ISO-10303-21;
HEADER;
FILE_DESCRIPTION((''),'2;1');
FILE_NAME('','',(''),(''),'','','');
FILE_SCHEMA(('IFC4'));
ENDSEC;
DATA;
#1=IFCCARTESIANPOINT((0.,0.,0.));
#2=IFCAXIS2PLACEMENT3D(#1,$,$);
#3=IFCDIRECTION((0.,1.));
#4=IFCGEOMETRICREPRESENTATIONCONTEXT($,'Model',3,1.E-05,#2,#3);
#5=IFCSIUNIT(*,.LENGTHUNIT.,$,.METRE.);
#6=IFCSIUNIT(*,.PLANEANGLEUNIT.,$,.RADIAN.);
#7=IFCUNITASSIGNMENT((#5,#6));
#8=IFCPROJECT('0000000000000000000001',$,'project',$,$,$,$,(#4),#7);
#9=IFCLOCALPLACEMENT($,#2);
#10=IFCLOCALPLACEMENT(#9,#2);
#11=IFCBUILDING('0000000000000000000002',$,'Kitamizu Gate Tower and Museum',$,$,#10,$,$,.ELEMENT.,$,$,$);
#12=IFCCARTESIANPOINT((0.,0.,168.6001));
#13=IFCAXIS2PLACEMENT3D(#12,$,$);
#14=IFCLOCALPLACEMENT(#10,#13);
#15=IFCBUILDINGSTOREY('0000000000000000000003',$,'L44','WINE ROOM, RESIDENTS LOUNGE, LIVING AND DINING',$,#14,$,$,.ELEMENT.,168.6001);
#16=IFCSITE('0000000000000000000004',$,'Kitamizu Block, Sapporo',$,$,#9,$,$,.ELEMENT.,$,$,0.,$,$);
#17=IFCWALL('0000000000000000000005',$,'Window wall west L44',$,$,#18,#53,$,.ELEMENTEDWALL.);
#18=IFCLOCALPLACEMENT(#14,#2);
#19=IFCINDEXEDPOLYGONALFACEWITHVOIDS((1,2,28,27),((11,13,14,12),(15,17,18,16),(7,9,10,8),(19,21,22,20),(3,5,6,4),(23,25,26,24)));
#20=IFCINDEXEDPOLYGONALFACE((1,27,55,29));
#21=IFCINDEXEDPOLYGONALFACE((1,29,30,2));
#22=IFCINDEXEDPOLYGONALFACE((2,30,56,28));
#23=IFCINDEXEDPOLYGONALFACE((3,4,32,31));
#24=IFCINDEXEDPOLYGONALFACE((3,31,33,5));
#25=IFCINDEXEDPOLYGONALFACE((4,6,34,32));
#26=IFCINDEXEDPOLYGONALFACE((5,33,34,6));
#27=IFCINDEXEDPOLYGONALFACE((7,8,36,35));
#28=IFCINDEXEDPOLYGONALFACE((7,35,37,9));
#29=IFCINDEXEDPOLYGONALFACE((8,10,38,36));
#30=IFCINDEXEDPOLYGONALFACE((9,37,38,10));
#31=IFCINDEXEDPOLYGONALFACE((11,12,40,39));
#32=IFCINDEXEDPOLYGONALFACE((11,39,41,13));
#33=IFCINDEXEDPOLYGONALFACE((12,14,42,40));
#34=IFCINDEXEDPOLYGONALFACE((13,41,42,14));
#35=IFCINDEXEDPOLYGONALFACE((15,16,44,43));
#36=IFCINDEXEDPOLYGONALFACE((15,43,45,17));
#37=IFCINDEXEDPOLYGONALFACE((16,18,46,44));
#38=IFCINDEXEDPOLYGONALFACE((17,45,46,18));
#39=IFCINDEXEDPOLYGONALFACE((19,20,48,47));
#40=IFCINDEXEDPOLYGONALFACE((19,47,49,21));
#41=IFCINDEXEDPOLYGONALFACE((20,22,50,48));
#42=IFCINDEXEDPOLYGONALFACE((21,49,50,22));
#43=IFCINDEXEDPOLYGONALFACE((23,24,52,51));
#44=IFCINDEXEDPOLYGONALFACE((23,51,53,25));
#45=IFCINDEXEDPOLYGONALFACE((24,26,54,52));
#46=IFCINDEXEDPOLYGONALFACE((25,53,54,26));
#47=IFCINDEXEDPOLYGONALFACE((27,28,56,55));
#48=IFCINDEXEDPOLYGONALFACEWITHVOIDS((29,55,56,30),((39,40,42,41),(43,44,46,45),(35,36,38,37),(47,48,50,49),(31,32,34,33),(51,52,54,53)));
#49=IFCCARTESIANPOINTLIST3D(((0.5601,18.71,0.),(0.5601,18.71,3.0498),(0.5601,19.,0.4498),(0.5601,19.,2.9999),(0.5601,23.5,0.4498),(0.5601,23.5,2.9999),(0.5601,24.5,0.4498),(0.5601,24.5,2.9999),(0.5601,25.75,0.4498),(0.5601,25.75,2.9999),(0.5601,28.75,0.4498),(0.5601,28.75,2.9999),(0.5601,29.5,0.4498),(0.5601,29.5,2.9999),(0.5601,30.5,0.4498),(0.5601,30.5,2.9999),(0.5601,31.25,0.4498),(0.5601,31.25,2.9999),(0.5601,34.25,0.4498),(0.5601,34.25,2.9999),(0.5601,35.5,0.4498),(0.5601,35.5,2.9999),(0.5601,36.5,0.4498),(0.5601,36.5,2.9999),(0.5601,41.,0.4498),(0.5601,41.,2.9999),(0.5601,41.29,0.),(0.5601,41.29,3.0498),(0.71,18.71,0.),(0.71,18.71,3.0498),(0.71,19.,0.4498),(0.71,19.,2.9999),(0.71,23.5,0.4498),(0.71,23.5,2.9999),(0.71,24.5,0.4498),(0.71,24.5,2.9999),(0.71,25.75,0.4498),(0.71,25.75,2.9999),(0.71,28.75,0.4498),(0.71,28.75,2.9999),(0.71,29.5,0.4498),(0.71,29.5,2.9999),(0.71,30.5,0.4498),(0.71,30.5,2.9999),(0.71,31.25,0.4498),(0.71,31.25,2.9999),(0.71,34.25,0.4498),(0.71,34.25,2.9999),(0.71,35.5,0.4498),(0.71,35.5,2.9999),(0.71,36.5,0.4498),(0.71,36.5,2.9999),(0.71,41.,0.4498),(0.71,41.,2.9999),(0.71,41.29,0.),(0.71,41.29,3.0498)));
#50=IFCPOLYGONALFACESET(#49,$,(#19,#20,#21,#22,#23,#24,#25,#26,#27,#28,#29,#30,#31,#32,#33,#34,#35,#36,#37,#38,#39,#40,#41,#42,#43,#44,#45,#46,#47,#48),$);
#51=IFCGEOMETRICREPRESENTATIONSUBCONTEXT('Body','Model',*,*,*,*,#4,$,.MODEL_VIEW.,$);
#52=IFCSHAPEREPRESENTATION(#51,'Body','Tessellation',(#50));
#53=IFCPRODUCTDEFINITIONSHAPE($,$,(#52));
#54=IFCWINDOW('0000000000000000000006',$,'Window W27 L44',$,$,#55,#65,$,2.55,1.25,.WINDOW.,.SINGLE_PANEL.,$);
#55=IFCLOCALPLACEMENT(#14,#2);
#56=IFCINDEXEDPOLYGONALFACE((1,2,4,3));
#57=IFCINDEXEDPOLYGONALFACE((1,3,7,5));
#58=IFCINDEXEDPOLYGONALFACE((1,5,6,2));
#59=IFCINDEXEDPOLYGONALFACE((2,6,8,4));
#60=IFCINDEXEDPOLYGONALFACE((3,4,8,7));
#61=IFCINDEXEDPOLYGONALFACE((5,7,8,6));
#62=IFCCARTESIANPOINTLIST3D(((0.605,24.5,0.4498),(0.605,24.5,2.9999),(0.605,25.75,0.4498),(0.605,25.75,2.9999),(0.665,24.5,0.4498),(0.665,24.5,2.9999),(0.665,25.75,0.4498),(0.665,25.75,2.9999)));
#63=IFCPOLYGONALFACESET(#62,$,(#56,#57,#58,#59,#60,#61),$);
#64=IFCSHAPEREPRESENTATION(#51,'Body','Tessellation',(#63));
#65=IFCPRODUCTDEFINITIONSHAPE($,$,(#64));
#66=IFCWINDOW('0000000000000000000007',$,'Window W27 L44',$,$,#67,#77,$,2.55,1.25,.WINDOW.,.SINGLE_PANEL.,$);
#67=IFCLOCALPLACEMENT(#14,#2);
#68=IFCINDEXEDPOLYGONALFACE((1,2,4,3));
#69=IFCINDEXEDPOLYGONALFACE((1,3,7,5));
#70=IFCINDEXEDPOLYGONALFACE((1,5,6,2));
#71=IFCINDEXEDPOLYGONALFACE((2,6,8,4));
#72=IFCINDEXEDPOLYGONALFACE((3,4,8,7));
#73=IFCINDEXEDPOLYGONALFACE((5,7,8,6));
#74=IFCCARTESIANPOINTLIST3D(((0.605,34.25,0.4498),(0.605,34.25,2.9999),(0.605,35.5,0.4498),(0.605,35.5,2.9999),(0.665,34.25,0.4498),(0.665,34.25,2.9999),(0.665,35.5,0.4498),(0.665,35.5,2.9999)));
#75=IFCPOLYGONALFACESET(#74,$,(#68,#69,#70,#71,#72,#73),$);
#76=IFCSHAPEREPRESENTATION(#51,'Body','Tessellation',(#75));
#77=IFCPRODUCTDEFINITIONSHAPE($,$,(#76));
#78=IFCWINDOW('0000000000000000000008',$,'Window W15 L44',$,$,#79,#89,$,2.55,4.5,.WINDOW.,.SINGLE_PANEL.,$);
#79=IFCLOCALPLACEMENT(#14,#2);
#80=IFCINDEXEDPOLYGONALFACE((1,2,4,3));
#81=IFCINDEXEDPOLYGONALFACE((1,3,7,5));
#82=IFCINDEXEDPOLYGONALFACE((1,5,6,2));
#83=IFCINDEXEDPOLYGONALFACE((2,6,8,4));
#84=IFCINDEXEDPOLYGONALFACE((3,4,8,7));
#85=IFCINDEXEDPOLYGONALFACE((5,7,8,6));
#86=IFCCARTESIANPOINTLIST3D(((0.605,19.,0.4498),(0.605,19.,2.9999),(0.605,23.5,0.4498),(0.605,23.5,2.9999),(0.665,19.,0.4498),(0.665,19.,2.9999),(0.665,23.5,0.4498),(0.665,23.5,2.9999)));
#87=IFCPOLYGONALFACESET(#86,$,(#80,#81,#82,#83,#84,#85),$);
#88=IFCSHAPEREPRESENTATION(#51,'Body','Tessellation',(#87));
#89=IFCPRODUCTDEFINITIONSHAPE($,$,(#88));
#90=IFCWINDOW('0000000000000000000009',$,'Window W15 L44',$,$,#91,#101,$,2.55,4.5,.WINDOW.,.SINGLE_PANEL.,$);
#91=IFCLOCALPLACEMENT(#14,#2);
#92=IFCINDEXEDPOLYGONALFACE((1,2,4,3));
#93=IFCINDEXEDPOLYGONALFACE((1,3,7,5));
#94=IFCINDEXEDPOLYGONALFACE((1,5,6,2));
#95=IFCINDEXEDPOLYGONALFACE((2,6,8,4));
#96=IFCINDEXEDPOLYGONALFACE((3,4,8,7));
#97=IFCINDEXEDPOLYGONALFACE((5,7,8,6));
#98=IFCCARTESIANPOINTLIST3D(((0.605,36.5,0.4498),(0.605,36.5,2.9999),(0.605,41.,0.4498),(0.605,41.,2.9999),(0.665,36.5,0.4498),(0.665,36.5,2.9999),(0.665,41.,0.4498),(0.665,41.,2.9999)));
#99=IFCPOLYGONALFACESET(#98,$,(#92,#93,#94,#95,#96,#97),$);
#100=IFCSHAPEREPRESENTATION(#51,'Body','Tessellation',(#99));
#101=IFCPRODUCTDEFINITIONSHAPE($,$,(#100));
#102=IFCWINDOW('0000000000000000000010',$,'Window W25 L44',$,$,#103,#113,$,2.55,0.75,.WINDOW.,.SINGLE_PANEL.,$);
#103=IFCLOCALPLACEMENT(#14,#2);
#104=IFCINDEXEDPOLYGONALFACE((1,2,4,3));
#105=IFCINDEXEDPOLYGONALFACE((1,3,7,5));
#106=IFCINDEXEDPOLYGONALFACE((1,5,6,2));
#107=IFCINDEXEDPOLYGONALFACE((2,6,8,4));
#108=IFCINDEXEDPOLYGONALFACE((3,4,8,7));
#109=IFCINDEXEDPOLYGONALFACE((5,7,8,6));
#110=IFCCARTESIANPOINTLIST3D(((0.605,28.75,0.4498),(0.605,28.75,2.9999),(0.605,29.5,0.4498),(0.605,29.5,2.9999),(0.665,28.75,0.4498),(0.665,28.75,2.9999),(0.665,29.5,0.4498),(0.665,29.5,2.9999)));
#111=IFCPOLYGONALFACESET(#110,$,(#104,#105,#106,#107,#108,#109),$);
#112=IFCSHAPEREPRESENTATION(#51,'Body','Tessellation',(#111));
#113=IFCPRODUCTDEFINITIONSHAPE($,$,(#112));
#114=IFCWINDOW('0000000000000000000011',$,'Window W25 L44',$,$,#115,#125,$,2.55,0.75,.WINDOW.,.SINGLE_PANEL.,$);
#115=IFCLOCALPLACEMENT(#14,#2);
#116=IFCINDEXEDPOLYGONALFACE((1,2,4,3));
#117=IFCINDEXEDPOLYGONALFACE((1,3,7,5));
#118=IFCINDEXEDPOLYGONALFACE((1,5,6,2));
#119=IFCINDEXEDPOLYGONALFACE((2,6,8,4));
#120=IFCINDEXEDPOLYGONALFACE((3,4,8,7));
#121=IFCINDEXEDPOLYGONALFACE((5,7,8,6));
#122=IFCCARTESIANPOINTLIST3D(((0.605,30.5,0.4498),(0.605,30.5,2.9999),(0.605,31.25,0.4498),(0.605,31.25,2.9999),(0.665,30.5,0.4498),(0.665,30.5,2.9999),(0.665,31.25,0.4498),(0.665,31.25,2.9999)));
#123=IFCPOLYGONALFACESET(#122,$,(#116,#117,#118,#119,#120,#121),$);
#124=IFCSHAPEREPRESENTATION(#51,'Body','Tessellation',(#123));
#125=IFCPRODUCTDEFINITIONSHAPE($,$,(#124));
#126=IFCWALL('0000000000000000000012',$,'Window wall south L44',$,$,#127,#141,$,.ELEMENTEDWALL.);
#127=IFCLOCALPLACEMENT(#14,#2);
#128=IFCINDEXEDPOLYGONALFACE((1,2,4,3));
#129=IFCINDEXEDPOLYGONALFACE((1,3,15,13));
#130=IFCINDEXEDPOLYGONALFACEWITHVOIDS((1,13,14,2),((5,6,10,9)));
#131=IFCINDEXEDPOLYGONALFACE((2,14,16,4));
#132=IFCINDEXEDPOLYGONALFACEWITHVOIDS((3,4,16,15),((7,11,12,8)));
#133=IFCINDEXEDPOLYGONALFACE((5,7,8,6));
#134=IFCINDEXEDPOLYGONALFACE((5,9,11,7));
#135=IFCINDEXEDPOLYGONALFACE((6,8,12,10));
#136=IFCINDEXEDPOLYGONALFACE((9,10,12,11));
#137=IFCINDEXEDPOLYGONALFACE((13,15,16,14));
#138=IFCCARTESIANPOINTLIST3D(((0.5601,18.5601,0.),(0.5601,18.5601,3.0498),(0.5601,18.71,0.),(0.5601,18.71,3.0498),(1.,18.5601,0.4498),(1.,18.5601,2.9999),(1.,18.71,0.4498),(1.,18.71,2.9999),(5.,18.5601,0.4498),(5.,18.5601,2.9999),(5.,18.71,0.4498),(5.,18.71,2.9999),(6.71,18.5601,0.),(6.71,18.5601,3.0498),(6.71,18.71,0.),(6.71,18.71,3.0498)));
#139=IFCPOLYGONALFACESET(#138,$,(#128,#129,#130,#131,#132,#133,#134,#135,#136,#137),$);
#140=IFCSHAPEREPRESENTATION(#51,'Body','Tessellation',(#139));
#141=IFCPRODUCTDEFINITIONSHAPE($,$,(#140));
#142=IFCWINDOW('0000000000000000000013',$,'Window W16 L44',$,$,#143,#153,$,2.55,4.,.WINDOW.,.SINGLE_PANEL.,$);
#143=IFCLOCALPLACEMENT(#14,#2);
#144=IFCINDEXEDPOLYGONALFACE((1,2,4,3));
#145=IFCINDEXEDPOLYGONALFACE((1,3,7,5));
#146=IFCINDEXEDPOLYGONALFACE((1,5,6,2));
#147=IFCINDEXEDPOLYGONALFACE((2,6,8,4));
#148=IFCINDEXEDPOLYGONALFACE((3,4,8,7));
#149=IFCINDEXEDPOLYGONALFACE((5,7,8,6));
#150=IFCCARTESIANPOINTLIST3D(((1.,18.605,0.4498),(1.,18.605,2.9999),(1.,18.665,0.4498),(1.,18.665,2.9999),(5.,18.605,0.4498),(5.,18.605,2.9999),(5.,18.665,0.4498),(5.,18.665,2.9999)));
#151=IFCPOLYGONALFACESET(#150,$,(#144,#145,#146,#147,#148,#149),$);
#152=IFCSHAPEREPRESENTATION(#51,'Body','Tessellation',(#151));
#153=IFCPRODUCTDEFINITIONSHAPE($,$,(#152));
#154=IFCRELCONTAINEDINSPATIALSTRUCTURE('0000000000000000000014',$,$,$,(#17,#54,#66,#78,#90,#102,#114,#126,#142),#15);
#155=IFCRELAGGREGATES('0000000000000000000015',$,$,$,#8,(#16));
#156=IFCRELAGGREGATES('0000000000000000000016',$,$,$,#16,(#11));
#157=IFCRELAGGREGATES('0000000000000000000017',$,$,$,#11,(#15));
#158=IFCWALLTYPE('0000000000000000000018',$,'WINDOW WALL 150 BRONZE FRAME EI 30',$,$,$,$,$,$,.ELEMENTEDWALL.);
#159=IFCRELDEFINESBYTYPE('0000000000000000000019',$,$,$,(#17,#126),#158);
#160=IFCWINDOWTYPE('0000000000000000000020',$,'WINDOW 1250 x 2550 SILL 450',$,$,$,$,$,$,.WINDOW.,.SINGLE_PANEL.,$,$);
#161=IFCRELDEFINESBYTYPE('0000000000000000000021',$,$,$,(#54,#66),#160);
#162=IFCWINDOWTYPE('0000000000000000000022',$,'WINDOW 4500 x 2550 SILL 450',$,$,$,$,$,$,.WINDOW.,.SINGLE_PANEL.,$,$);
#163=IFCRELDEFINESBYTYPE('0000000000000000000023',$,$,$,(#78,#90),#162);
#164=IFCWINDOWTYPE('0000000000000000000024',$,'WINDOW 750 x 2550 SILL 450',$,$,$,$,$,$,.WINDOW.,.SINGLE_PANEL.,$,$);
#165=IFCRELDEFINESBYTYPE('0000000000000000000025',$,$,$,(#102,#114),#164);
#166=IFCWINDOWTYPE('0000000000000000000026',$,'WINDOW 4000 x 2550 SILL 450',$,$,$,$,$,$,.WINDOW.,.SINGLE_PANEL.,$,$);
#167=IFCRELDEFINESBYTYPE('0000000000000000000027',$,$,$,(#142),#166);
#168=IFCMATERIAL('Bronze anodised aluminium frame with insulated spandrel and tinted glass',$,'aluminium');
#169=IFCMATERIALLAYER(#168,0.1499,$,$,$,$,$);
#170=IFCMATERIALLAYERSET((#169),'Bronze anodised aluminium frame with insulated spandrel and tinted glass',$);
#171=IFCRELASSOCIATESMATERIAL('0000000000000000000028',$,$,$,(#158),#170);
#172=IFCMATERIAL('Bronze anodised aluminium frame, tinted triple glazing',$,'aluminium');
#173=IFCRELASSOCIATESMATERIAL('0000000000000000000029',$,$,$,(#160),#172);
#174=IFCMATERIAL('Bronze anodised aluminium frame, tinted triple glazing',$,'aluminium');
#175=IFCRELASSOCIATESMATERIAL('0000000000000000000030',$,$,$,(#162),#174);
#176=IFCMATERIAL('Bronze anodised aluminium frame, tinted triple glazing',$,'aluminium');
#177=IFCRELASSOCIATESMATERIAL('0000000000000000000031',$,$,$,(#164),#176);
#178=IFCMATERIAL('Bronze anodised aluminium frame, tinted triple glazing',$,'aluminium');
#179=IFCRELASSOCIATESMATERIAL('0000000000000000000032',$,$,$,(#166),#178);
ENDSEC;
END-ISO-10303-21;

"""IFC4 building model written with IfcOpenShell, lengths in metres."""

from ifc_helpers import new_model, si_unit, direction, frame, frame_2d, origin, place, context, subcontext, project, spatial, rectangle, extrude, material, layer, layer_set, type_object, element, fill, save


model = new_model("IFC4")

# Units and contexts
model_context = context("Model", 3, precision=1e-05, world=origin(), true_north=direction((0.0, 1.0)))
body_context = subcontext(model_context, "Body", "Model", "MODEL_VIEW")
ifc_project = project(units=[si_unit("LENGTHUNIT", "METRE"), si_unit("PLANEANGLEUNIT", "RADIAN")], contexts=[model_context])

# Site, building, storey
site_placement = place(None, origin())
site = spatial("IfcSite", under=ifc_project, at=site_placement, Name="Kitamizu Block, Sapporo", CompositionType="ELEMENT", RefElevation=0.0)
building_placement = place(site_placement, origin())
building = spatial("IfcBuilding", under=site, at=building_placement, Name="Kitamizu Gate Tower and Museum", CompositionType="ELEMENT")
storey_placement = place(building_placement, frame((0.0, 0.0, 168.6001)))
storey = spatial("IfcBuildingStorey", under=building, at=storey_placement, Name="L44", Description="WINE ROOM, RESIDENTS LOUNGE, LIVING AND DINING", CompositionType="ELEMENT", Elevation=168.6001)

# Wall, openings, windows
ifc_material_1 = material(Name="Bronze anodised aluminium frame with insulated spandrel and tinted glass", Category="aluminium")
ifc_layer = layer(ifc_material_1, 0.1499)
ifc_layer_set = layer_set([ifc_layer], Name="Bronze anodised aluminium frame with insulated spandrel and tinted glass")
wall_type = type_object("IfcWallType", Name="WINDOW WALL 150 BRONZE FRAME EI 30", PredefinedType="ELEMENTEDWALL", material=ifc_layer_set)
wall_1_placement = place(storey_placement, frame((0.635, 18.71, 0.0), z_axis=(0.0, 0.0, 1.0), x_axis=(0.0, 1.0, 0.0)))
wall_1 = element("IfcWall", 1, at=wall_1_placement, inside=storey, type_object=wall_type, Name="Window wall west L44", PredefinedType="ELEMENTEDWALL", context=body_context, shape_type="SweptSolid", body=[
    extrude(rectangle(XDim=22.5801, YDim=0.1499, at=frame_2d((11.29, 0.0))), origin(), (0.0, 0.0, 1.0), 3.0498),
])
opening_1_placement = place(wall_1_placement, frame((0.29, 0.0, 0.45)))
opening_1 = element("IfcOpeningElement", 2, at=opening_1_placement, cuts=wall_1, PredefinedType="OPENING", context=body_context, shape_type="SweptSolid", body=[
    extrude(rectangle(XDim=4.5, YDim=2.55, at=frame_2d((2.25, 1.2749))), frame((0.0, 0.085, 0.0), z_axis=(0.0, -1.0, 0.0), x_axis=(1.0, 0.0, 0.0)), (0.0, 0.0, 1.0), 0.1699),
])
opening_2_placement = place(wall_1_placement, frame((5.79, 0.0, 0.45)))
opening_2 = element("IfcOpeningElement", 3, at=opening_2_placement, cuts=wall_1, PredefinedType="OPENING", context=body_context, shape_type="SweptSolid", body=[
    extrude(rectangle(XDim=1.25, YDim=2.55, at=frame_2d((0.625, 1.2749))), frame((0.0, 0.085, 0.0), z_axis=(0.0, -1.0, 0.0), x_axis=(1.0, 0.0, 0.0)), (0.0, 0.0, 1.0), 0.1699),
])
opening_3_placement = place(wall_1_placement, frame((10.04, 0.0, 0.45)))
opening_3 = element("IfcOpeningElement", 4, at=opening_3_placement, cuts=wall_1, PredefinedType="OPENING", context=body_context, shape_type="SweptSolid", body=[
    extrude(rectangle(XDim=0.75, YDim=2.55, at=frame_2d((0.375, 1.2749))), frame((0.0, 0.085, 0.0), z_axis=(0.0, -1.0, 0.0), x_axis=(1.0, 0.0, 0.0)), (0.0, 0.0, 1.0), 0.1699),
])
opening_4_placement = place(wall_1_placement, frame((11.79, 0.0, 0.45)))
opening_4 = element("IfcOpeningElement", 5, at=opening_4_placement, cuts=wall_1, PredefinedType="OPENING", context=body_context, shape_type="SweptSolid", body=[
    extrude(rectangle(XDim=0.75, YDim=2.55, at=frame_2d((0.375, 1.2749))), frame((0.0, 0.085, 0.0), z_axis=(0.0, -1.0, 0.0), x_axis=(1.0, 0.0, 0.0)), (0.0, 0.0, 1.0), 0.1699),
])
opening_5_placement = place(wall_1_placement, frame((15.54, 0.0, 0.45)))
opening_5 = element("IfcOpeningElement", 6, at=opening_5_placement, cuts=wall_1, PredefinedType="OPENING", context=body_context, shape_type="SweptSolid", body=[
    extrude(rectangle(XDim=1.25, YDim=2.55, at=frame_2d((0.625, 1.2749))), frame((0.0, 0.085, 0.0), z_axis=(0.0, -1.0, 0.0), x_axis=(1.0, 0.0, 0.0)), (0.0, 0.0, 1.0), 0.1699),
])
opening_6_placement = place(wall_1_placement, frame((17.79, 0.0, 0.45)))
opening_6 = element("IfcOpeningElement", 7, at=opening_6_placement, cuts=wall_1, PredefinedType="OPENING", context=body_context, shape_type="SweptSolid", body=[
    extrude(rectangle(XDim=4.5, YDim=2.55, at=frame_2d((2.25, 1.2749))), frame((0.0, 0.085, 0.0), z_axis=(0.0, -1.0, 0.0), x_axis=(1.0, 0.0, 0.0)), (0.0, 0.0, 1.0), 0.1699),
])
ifc_material_2 = material(Name="Bronze anodised aluminium frame, tinted triple glazing", Category="aluminium")
window_type_1 = type_object("IfcWindowType", Name="WINDOW 1250 x 2550 SILL 450", PartitioningType="SINGLE_PANEL", PredefinedType="WINDOW", material=ifc_material_2)
window_1_placement = place(opening_2_placement, origin())
window_1 = element("IfcWindow", 8, at=window_1_placement, inside=storey, type_object=window_type_1, Name="Window W27 L44", OverallHeight=2.55, OverallWidth=1.25, PartitioningType="SINGLE_PANEL", PredefinedType="WINDOW", context=body_context, shape_type="SweptSolid", body=[
    extrude(rectangle(XDim=1.25, YDim=2.55, at=frame_2d((0.625, 1.2749))), frame((0.0, 0.03, 0.0), z_axis=(0.0, -1.0, 0.0), x_axis=(1.0, 0.0, 0.0)), (0.0, 0.0, 1.0), 0.0601),
])
fill(opening_2, window_1)
window_2_placement = place(opening_5_placement, origin())
window_2 = element("IfcWindow", 9, at=window_2_placement, inside=storey, type_object=window_type_1, Name="Window W27 L44", OverallHeight=2.55, OverallWidth=1.25, PartitioningType="SINGLE_PANEL", PredefinedType="WINDOW", context=body_context, shape_type="SweptSolid", body=[
    extrude(rectangle(XDim=1.25, YDim=2.55, at=frame_2d((0.625, 1.2749))), frame((0.0, 0.03, 0.0), z_axis=(0.0, -1.0, 0.0), x_axis=(1.0, 0.0, 0.0)), (0.0, 0.0, 1.0), 0.0601),
])
fill(opening_5, window_2)
ifc_material_3 = material(Name="Bronze anodised aluminium frame, tinted triple glazing", Category="aluminium")
window_type_2 = type_object("IfcWindowType", Name="WINDOW 4500 x 2550 SILL 450", PartitioningType="SINGLE_PANEL", PredefinedType="WINDOW", material=ifc_material_3)
window_3_placement = place(opening_1_placement, origin())
window_3 = element("IfcWindow", 10, at=window_3_placement, inside=storey, type_object=window_type_2, Name="Window W15 L44", OverallHeight=2.55, OverallWidth=4.5, PartitioningType="SINGLE_PANEL", PredefinedType="WINDOW", context=body_context, shape_type="SweptSolid", body=[
    extrude(rectangle(XDim=4.5, YDim=2.55, at=frame_2d((2.25, 1.2749))), frame((0.0, 0.03, 0.0), z_axis=(0.0, -1.0, 0.0), x_axis=(1.0, 0.0, 0.0)), (0.0, 0.0, 1.0), 0.0601),
])
fill(opening_1, window_3)
window_4_placement = place(opening_6_placement, origin())
window_4 = element("IfcWindow", 11, at=window_4_placement, inside=storey, type_object=window_type_2, Name="Window W15 L44", OverallHeight=2.55, OverallWidth=4.5, PartitioningType="SINGLE_PANEL", PredefinedType="WINDOW", context=body_context, shape_type="SweptSolid", body=[
    extrude(rectangle(XDim=4.5, YDim=2.55, at=frame_2d((2.25, 1.2749))), frame((0.0, 0.03, 0.0), z_axis=(0.0, -1.0, 0.0), x_axis=(1.0, 0.0, 0.0)), (0.0, 0.0, 1.0), 0.0601),
])
fill(opening_6, window_4)
ifc_material_4 = material(Name="Bronze anodised aluminium frame, tinted triple glazing", Category="aluminium")
window_type_3 = type_object("IfcWindowType", Name="WINDOW 750 x 2550 SILL 450", PartitioningType="SINGLE_PANEL", PredefinedType="WINDOW", material=ifc_material_4)
window_5_placement = place(opening_3_placement, origin())
window_5 = element("IfcWindow", 12, at=window_5_placement, inside=storey, type_object=window_type_3, Name="Window W25 L44", OverallHeight=2.55, OverallWidth=0.75, PartitioningType="SINGLE_PANEL", PredefinedType="WINDOW", context=body_context, shape_type="SweptSolid", body=[
    extrude(rectangle(XDim=0.75, YDim=2.55, at=frame_2d((0.375, 1.2749))), frame((0.0, 0.03, 0.0), z_axis=(0.0, -1.0, 0.0), x_axis=(1.0, 0.0, 0.0)), (0.0, 0.0, 1.0), 0.0601),
])
fill(opening_3, window_5)
window_6_placement = place(opening_4_placement, origin())
window_6 = element("IfcWindow", 13, at=window_6_placement, inside=storey, type_object=window_type_3, Name="Window W25 L44", OverallHeight=2.55, OverallWidth=0.75, PartitioningType="SINGLE_PANEL", PredefinedType="WINDOW", context=body_context, shape_type="SweptSolid", body=[
    extrude(rectangle(XDim=0.75, YDim=2.55, at=frame_2d((0.375, 1.2749))), frame((0.0, 0.03, 0.0), z_axis=(0.0, -1.0, 0.0), x_axis=(1.0, 0.0, 0.0)), (0.0, 0.0, 1.0), 0.0601),
])
fill(opening_4, window_6)

# Wall, opening, window
wall_2_placement = place(storey_placement, frame((0.5601, 18.635, 0.0), z_axis=(0.0, 0.0, 1.0), x_axis=(1.0, 0.0, 0.0)))
wall_2 = element("IfcWall", 14, at=wall_2_placement, inside=storey, type_object=wall_type, Name="Window wall south L44", PredefinedType="ELEMENTEDWALL", context=body_context, shape_type="SweptSolid", body=[
    extrude(rectangle(XDim=6.1499, YDim=0.1499, at=frame_2d((3.075, 0.0))), origin(), (0.0, 0.0, 1.0), 3.0498),
])
opening_7_placement = place(wall_2_placement, frame((0.4399, 0.0, 0.45)))
opening_7 = element("IfcOpeningElement", 15, at=opening_7_placement, cuts=wall_2, PredefinedType="OPENING", context=body_context, shape_type="SweptSolid", body=[
    extrude(rectangle(XDim=4.0, YDim=2.55, at=frame_2d((2.0, 1.2749))), frame((0.0, 0.085, 0.0), z_axis=(0.0, -1.0, 0.0), x_axis=(1.0, 0.0, 0.0)), (0.0, 0.0, 1.0), 0.1699),
])
ifc_material_5 = material(Name="Bronze anodised aluminium frame, tinted triple glazing", Category="aluminium")
window_type_4 = type_object("IfcWindowType", Name="WINDOW 4000 x 2550 SILL 450", PartitioningType="SINGLE_PANEL", PredefinedType="WINDOW", material=ifc_material_5)
window_7_placement = place(opening_7_placement, origin())
window_7 = element("IfcWindow", 16, at=window_7_placement, inside=storey, type_object=window_type_4, Name="Window W16 L44", OverallHeight=2.55, OverallWidth=4.0, PartitioningType="SINGLE_PANEL", PredefinedType="WINDOW", context=body_context, shape_type="SweptSolid", body=[
    extrude(rectangle(XDim=4.0, YDim=2.55, at=frame_2d((2.0, 1.2749))), frame((0.0, 0.03, 0.0), z_axis=(0.0, -1.0, 0.0), x_axis=(1.0, 0.0, 0.0)), (0.0, 0.0, 1.0), 0.0601),
])
fill(opening_7, window_7)

save(model, "model.ifc")
